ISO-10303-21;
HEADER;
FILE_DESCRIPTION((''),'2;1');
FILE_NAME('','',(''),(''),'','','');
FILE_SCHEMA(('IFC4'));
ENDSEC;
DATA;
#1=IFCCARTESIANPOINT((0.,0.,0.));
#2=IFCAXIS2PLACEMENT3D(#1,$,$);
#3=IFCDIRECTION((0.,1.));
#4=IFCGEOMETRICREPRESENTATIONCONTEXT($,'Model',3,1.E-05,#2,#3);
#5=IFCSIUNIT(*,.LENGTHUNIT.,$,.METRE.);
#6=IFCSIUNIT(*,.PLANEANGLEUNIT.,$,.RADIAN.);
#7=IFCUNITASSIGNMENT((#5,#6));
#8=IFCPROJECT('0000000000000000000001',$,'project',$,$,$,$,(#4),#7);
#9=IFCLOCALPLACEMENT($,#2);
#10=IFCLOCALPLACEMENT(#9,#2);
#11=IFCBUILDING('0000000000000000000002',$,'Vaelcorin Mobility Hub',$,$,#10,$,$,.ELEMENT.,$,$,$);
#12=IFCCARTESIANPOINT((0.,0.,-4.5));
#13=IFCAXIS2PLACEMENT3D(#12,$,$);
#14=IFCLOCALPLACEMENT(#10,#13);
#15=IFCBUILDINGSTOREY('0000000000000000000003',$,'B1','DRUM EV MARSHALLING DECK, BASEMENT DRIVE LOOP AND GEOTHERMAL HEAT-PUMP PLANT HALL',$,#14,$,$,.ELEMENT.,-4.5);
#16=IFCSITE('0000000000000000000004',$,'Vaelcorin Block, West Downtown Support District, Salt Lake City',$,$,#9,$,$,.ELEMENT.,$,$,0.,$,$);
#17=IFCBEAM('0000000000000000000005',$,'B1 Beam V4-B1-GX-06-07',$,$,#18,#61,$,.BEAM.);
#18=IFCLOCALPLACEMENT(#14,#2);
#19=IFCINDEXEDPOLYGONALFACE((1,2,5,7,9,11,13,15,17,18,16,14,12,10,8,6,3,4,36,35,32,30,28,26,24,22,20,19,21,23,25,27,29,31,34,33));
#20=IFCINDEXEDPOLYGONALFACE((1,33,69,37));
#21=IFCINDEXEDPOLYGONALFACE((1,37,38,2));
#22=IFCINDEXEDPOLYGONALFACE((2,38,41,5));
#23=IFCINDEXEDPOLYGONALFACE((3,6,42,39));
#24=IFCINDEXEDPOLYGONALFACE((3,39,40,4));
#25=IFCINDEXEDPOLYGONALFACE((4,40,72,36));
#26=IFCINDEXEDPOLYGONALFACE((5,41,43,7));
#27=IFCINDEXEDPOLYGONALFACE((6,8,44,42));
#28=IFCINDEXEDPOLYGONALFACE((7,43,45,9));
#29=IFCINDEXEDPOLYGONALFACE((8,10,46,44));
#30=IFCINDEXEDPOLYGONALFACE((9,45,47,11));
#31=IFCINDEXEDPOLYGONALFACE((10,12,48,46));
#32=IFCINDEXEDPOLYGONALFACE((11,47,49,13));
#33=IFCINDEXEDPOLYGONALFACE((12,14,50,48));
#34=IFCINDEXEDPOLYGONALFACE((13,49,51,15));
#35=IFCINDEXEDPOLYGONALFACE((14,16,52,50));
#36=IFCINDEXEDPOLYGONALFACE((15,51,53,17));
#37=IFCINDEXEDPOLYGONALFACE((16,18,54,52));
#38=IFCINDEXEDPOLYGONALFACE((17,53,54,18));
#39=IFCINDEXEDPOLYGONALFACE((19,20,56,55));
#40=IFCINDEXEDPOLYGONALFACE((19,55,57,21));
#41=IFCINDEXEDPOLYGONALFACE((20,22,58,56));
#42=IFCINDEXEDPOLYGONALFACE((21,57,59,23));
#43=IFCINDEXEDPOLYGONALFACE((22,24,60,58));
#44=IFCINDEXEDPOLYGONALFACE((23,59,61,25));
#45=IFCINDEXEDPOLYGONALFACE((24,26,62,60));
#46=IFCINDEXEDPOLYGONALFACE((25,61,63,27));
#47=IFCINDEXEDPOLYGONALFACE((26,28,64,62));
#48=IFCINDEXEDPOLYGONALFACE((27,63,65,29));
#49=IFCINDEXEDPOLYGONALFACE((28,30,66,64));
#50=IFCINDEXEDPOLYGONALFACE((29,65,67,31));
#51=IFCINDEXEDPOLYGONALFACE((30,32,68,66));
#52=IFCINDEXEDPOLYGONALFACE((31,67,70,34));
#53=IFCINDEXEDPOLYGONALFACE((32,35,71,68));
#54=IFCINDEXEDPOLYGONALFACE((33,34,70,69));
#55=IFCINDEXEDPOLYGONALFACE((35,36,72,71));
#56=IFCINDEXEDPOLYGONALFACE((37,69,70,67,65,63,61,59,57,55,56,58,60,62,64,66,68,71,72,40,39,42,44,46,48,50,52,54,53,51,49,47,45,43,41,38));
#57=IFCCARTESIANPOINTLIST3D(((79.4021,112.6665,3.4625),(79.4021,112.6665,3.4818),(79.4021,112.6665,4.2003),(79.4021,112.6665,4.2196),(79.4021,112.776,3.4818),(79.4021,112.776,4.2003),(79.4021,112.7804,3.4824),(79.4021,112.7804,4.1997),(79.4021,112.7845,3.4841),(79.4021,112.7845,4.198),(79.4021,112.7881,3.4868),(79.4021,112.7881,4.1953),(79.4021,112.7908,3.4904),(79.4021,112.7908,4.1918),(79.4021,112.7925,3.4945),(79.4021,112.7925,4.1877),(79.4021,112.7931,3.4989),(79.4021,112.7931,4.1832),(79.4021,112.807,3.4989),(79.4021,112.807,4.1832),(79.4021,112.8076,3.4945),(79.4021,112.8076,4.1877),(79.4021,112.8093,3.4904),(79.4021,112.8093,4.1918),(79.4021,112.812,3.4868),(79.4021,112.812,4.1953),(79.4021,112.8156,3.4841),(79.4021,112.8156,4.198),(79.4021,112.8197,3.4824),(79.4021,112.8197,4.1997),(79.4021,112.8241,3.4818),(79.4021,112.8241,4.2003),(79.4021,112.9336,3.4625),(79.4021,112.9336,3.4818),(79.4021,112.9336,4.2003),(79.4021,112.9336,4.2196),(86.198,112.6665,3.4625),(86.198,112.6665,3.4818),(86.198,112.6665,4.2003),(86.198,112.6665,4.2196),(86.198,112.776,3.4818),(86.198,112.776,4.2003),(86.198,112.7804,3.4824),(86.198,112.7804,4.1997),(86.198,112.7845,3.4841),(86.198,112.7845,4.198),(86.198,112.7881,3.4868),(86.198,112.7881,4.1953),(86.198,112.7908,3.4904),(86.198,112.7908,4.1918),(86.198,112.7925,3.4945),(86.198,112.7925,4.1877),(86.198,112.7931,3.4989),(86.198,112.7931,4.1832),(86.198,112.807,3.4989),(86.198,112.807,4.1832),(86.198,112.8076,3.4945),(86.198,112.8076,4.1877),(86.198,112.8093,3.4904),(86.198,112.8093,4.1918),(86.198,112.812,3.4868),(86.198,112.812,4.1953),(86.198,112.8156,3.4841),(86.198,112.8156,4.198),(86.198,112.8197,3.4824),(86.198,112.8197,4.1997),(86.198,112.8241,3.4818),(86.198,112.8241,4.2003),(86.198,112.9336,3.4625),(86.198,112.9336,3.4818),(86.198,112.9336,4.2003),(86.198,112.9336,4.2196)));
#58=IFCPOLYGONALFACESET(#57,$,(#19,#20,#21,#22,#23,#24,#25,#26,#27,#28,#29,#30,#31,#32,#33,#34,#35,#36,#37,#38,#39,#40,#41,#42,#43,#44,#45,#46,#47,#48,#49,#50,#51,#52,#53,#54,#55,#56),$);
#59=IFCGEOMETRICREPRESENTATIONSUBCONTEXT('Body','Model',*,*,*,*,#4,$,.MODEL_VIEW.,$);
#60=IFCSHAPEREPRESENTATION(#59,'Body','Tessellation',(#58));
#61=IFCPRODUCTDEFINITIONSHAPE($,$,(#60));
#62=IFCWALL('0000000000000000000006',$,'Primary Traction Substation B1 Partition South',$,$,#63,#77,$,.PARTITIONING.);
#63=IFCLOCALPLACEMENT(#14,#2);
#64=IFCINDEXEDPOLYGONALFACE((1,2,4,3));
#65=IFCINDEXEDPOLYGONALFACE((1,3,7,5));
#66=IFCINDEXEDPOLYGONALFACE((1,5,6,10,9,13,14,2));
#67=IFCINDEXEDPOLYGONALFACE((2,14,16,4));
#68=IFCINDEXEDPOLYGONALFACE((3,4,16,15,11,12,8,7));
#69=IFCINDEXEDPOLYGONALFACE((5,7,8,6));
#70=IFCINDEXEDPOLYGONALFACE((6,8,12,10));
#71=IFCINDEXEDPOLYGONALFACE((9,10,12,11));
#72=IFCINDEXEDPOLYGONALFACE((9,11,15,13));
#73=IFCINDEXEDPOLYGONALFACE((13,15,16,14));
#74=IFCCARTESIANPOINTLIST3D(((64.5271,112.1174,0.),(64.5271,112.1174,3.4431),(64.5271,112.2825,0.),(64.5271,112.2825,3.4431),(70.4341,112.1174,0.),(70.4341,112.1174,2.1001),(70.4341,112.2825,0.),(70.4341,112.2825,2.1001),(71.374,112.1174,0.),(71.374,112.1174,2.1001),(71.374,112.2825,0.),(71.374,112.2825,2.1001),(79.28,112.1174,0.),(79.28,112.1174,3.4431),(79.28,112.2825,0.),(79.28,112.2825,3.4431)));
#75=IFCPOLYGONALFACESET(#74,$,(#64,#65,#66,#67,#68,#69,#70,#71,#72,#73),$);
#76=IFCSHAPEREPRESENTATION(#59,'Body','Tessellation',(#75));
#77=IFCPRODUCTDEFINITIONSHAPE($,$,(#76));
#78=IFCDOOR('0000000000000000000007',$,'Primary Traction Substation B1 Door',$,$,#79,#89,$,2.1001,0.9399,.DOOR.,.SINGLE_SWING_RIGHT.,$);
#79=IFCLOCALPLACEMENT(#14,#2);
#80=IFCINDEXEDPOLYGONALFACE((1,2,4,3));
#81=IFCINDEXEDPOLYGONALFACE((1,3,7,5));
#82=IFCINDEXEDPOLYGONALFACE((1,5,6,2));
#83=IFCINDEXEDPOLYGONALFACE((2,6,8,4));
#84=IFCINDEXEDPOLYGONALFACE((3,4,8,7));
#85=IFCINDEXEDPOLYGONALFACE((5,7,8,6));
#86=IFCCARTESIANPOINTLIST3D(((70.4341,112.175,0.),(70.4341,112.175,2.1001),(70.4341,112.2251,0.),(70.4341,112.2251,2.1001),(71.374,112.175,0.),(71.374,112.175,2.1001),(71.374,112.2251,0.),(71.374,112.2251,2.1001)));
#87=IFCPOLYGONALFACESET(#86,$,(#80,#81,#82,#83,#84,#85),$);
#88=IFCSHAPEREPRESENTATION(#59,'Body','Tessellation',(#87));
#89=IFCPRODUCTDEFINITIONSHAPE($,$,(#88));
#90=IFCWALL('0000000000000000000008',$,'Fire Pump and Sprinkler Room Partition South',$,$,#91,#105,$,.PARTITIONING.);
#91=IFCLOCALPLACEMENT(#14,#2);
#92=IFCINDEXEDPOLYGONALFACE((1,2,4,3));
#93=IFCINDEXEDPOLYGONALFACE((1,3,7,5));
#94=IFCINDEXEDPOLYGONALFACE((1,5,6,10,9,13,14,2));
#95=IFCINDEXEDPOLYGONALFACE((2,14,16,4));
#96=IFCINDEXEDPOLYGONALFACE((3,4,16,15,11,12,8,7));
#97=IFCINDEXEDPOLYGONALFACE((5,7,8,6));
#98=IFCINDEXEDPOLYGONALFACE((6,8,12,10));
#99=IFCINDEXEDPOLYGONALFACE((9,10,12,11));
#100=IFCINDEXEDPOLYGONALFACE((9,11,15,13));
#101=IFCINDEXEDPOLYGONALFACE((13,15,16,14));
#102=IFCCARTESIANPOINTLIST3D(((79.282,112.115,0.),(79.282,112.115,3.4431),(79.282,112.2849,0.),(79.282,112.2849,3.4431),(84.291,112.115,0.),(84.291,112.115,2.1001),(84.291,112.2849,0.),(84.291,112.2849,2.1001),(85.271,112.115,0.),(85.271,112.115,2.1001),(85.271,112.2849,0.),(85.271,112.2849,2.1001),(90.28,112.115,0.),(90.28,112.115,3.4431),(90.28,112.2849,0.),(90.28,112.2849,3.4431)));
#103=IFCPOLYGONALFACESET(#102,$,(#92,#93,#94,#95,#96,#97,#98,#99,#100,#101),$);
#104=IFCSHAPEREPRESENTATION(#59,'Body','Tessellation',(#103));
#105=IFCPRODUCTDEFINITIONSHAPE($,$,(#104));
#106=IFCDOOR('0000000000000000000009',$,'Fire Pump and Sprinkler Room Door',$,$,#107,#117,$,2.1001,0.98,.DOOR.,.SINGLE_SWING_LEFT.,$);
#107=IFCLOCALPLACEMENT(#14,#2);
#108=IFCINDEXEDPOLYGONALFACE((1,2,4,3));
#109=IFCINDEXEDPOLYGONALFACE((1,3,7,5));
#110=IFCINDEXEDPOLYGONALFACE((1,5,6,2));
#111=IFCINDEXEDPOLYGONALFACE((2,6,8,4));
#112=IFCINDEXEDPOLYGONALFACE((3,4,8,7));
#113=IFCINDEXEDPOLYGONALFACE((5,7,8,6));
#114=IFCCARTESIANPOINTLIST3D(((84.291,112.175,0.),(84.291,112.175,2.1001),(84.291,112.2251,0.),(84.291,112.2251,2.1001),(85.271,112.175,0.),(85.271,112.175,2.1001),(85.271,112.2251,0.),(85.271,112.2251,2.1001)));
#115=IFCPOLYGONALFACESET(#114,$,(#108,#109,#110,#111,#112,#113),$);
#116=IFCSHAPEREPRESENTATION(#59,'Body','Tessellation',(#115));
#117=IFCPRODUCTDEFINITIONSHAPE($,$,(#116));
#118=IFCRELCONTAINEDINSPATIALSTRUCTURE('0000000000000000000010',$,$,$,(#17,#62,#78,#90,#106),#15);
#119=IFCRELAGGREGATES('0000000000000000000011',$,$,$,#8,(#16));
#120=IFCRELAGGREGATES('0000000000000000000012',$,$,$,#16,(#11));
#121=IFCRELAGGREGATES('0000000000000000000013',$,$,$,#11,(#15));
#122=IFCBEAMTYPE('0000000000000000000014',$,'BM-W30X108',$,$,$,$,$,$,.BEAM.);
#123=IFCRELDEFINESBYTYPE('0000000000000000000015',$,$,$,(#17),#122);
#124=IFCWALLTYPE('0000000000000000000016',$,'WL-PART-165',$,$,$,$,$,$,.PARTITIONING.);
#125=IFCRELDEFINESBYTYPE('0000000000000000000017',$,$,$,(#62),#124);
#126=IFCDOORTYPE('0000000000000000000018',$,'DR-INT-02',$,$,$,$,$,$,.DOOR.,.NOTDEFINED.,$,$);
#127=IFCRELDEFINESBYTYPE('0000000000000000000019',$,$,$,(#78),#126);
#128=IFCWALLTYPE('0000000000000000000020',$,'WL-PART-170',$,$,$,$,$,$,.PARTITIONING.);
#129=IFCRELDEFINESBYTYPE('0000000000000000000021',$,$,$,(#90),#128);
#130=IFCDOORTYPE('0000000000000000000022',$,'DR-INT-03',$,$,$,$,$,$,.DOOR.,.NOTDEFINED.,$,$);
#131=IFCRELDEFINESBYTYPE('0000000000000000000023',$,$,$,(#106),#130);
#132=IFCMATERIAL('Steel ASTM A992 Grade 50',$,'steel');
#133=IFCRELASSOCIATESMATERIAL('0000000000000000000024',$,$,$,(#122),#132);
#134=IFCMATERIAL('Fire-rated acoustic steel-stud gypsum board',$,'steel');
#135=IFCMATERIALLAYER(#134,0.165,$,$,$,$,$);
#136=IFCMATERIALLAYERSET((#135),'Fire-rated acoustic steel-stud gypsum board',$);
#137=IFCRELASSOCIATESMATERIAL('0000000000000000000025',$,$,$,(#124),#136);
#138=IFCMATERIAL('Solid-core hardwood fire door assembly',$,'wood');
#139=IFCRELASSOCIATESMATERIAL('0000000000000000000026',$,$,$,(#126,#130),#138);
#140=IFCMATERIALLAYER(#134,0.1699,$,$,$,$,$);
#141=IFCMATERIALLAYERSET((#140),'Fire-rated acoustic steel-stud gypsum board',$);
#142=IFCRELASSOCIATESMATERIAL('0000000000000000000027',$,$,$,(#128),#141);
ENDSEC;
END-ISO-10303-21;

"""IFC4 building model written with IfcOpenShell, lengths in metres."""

from ifc_helpers import new_model, si_unit, direction, frame, frame_2d, origin, origin_2d, place, context, subcontext, project, spatial, rectangle, i_section, extrude, material, layer, layer_set, material_profile, profile_set, type_object, element, fill, save


model = new_model("IFC4")

# Units and contexts
model_context = context("Model", 3, precision=1e-05, world=origin(), true_north=direction((0.0, 1.0)))
body_context = subcontext(model_context, "Body", "Model", "MODEL_VIEW")
ifc_project = project(units=[si_unit("LENGTHUNIT", "METRE"), si_unit("PLANEANGLEUNIT", "RADIAN")], contexts=[model_context])

# Site, building, storey
site_placement = place(None, origin())
site = spatial("IfcSite", under=ifc_project, at=site_placement, Name="Vaelcorin Block, West Downtown Support District, Salt Lake City", CompositionType="ELEMENT", RefElevation=0.0)
building_placement = place(site_placement, origin())
building = spatial("IfcBuilding", under=site, at=building_placement, Name="Vaelcorin Mobility Hub", CompositionType="ELEMENT")
storey_placement = place(building_placement, frame((0.0, 0.0, -4.5)))
storey = spatial("IfcBuildingStorey", under=building, at=storey_placement, Name="B1", Description="DRUM EV MARSHALLING DECK, BASEMENT DRIVE LOOP AND GEOTHERMAL HEAT-PUMP PLANT HALL", CompositionType="ELEMENT", Elevation=-4.5)

# Shared definitions
ifc_material_1 = material(Name="Steel ASTM A992 Grade 50", Category="steel")

# Beam
ifc_material_profile_1 = material_profile(ifc_material_1, i_section(OverallWidth=0.2671, OverallDepth=0.7571, WebThickness=0.0139, FlangeThickness=0.0193, FilletRadius=0.0171, at=origin_2d()), Name="W30X108")
ifc_profile_set_1 = profile_set([ifc_material_profile_1], Name="Steel ASTM A992 Grade 50")
beam_type_1 = type_object("IfcBeamType", Name="BM-W30X108", PredefinedType="BEAM", material=ifc_profile_set_1)
beam_1_placement = place(storey_placement, frame((79.4021, 112.8, 3.8411), z_axis=(1.0, 0.0, 0.0), x_axis=(0.0, 1.0, 0.0)))
element("IfcBeam", 1, at=beam_1_placement, inside=storey, type_object=beam_type_1, Name="B1 Beam V4-B1-GX-06-07", PredefinedType="BEAM", context=body_context, shape_type="SweptSolid", body=[
    extrude(i_section(OverallWidth=0.2671, OverallDepth=0.7571, WebThickness=0.0139, FlangeThickness=0.0193, FilletRadius=0.0171, at=origin_2d()), origin(), (0.0, 0.0, 1.0), 6.7959),
])

# Walls, openings, doors
ifc_material_2 = material(Name="Fire-rated acoustic steel-stud gypsum board", Category="steel")
ifc_layer_1 = layer(ifc_material_2, 0.165)
ifc_layer_set_1 = layer_set([ifc_layer_1], Name="Fire-rated acoustic steel-stud gypsum board")
wall_type_1 = type_object("IfcWallType", Name="WL-PART-165", PredefinedType="PARTITIONING", material=ifc_layer_set_1)
wall_1_placement = place(storey_placement, frame((79.28, 112.2, 0.0), z_axis=(0.0, 0.0, 1.0), x_axis=(-1.0, 0.0, 0.0)))
wall_1 = element("IfcWall", 2, at=wall_1_placement, inside=storey, type_object=wall_type_1, Name="Primary Traction Substation B1 Partition South", PredefinedType="PARTITIONING", context=body_context, shape_type="SweptSolid", body=[
    extrude(rectangle(XDim=14.7529, YDim=0.165, at=frame_2d((7.3765, 0.0))), origin(), (0.0, 0.0, 1.0), 3.4431),
])
opening_1_placement = place(wall_1_placement, frame((7.906, 0.0, 0.0)))
opening_1 = element("IfcOpeningElement", 3, at=opening_1_placement, cuts=wall_1, PredefinedType="OPENING", context=body_context, shape_type="SweptSolid", body=[
    extrude(rectangle(XDim=0.9399, YDim=2.1001, at=frame_2d((0.47, 1.05))), frame((0.0, 0.0925, 0.0), z_axis=(0.0, -1.0, 0.0), x_axis=(1.0, 0.0, 0.0)), (0.0, 0.0, 1.0), 0.1851),
])
ifc_material_3 = material(Name="Solid-core hardwood fire door assembly", Category="wood")
door_type_1 = type_object("IfcDoorType", Name="DR-INT-02", OperationType="NOTDEFINED", PredefinedType="DOOR", material=ifc_material_3)
door_1_placement = place(opening_1_placement, origin())
door_1 = element("IfcDoor", 4, at=door_1_placement, inside=storey, type_object=door_type_1, Name="Primary Traction Substation B1 Door", OperationType="SINGLE_SWING_RIGHT", OverallHeight=2.1001, OverallWidth=0.9399, PredefinedType="DOOR", context=body_context, shape_type="SweptSolid", body=[
    extrude(rectangle(XDim=0.9399, YDim=2.1001, at=frame_2d((0.47, 1.05))), frame((0.0, 0.0249, 0.0), z_axis=(0.0, -1.0, 0.0), x_axis=(1.0, 0.0, 0.0)), (0.0, 0.0, 1.0), 0.05),
])
fill(opening_1, door_1)
ifc_layer_2 = layer(ifc_material_2, 0.1699)
ifc_layer_set_2 = layer_set([ifc_layer_2], Name="Fire-rated acoustic steel-stud gypsum board")
wall_type_2 = type_object("IfcWallType", Name="WL-PART-170", PredefinedType="PARTITIONING", material=ifc_layer_set_2)
wall_2_placement = place(storey_placement, frame((90.28, 112.2, 0.0), z_axis=(0.0, 0.0, 1.0), x_axis=(-1.0, 0.0, 0.0)))
wall_2 = element("IfcWall", 5, at=wall_2_placement, inside=storey, type_object=wall_type_2, Name="Fire Pump and Sprinkler Room Partition South", PredefinedType="PARTITIONING", context=body_context, shape_type="SweptSolid", body=[
    extrude(rectangle(XDim=10.998, YDim=0.1699, at=frame_2d((5.499, 0.0))), origin(), (0.0, 0.0, 1.0), 3.4431),
])
opening_2_placement = place(wall_2_placement, frame((5.009, 0.0, 0.0)))
opening_2 = element("IfcOpeningElement", 6, at=opening_2_placement, cuts=wall_2, PredefinedType="OPENING", context=body_context, shape_type="SweptSolid", body=[
    extrude(rectangle(XDim=0.98, YDim=2.1001, at=frame_2d((0.49, 1.05))), frame((0.0, 0.095, 0.0), z_axis=(0.0, -1.0, 0.0), x_axis=(1.0, 0.0, 0.0)), (0.0, 0.0, 1.0), 0.1899),
])
door_type_2 = type_object("IfcDoorType", Name="DR-INT-03", OperationType="NOTDEFINED", PredefinedType="DOOR", material=ifc_material_3)
door_2_placement = place(opening_2_placement, origin())
door_2 = element("IfcDoor", 7, at=door_2_placement, inside=storey, type_object=door_type_2, Name="Fire Pump and Sprinkler Room Door", OperationType="SINGLE_SWING_LEFT", OverallHeight=2.1001, OverallWidth=0.98, PredefinedType="DOOR", context=body_context, shape_type="SweptSolid", body=[
    extrude(rectangle(XDim=0.98, YDim=2.1001, at=frame_2d((0.49, 1.05))), frame((0.0, 0.0249, 0.0), z_axis=(0.0, -1.0, 0.0), x_axis=(1.0, 0.0, 0.0)), (0.0, 0.0, 1.0), 0.05),
])
fill(opening_2, door_2)

save(model, "model.ifc")
